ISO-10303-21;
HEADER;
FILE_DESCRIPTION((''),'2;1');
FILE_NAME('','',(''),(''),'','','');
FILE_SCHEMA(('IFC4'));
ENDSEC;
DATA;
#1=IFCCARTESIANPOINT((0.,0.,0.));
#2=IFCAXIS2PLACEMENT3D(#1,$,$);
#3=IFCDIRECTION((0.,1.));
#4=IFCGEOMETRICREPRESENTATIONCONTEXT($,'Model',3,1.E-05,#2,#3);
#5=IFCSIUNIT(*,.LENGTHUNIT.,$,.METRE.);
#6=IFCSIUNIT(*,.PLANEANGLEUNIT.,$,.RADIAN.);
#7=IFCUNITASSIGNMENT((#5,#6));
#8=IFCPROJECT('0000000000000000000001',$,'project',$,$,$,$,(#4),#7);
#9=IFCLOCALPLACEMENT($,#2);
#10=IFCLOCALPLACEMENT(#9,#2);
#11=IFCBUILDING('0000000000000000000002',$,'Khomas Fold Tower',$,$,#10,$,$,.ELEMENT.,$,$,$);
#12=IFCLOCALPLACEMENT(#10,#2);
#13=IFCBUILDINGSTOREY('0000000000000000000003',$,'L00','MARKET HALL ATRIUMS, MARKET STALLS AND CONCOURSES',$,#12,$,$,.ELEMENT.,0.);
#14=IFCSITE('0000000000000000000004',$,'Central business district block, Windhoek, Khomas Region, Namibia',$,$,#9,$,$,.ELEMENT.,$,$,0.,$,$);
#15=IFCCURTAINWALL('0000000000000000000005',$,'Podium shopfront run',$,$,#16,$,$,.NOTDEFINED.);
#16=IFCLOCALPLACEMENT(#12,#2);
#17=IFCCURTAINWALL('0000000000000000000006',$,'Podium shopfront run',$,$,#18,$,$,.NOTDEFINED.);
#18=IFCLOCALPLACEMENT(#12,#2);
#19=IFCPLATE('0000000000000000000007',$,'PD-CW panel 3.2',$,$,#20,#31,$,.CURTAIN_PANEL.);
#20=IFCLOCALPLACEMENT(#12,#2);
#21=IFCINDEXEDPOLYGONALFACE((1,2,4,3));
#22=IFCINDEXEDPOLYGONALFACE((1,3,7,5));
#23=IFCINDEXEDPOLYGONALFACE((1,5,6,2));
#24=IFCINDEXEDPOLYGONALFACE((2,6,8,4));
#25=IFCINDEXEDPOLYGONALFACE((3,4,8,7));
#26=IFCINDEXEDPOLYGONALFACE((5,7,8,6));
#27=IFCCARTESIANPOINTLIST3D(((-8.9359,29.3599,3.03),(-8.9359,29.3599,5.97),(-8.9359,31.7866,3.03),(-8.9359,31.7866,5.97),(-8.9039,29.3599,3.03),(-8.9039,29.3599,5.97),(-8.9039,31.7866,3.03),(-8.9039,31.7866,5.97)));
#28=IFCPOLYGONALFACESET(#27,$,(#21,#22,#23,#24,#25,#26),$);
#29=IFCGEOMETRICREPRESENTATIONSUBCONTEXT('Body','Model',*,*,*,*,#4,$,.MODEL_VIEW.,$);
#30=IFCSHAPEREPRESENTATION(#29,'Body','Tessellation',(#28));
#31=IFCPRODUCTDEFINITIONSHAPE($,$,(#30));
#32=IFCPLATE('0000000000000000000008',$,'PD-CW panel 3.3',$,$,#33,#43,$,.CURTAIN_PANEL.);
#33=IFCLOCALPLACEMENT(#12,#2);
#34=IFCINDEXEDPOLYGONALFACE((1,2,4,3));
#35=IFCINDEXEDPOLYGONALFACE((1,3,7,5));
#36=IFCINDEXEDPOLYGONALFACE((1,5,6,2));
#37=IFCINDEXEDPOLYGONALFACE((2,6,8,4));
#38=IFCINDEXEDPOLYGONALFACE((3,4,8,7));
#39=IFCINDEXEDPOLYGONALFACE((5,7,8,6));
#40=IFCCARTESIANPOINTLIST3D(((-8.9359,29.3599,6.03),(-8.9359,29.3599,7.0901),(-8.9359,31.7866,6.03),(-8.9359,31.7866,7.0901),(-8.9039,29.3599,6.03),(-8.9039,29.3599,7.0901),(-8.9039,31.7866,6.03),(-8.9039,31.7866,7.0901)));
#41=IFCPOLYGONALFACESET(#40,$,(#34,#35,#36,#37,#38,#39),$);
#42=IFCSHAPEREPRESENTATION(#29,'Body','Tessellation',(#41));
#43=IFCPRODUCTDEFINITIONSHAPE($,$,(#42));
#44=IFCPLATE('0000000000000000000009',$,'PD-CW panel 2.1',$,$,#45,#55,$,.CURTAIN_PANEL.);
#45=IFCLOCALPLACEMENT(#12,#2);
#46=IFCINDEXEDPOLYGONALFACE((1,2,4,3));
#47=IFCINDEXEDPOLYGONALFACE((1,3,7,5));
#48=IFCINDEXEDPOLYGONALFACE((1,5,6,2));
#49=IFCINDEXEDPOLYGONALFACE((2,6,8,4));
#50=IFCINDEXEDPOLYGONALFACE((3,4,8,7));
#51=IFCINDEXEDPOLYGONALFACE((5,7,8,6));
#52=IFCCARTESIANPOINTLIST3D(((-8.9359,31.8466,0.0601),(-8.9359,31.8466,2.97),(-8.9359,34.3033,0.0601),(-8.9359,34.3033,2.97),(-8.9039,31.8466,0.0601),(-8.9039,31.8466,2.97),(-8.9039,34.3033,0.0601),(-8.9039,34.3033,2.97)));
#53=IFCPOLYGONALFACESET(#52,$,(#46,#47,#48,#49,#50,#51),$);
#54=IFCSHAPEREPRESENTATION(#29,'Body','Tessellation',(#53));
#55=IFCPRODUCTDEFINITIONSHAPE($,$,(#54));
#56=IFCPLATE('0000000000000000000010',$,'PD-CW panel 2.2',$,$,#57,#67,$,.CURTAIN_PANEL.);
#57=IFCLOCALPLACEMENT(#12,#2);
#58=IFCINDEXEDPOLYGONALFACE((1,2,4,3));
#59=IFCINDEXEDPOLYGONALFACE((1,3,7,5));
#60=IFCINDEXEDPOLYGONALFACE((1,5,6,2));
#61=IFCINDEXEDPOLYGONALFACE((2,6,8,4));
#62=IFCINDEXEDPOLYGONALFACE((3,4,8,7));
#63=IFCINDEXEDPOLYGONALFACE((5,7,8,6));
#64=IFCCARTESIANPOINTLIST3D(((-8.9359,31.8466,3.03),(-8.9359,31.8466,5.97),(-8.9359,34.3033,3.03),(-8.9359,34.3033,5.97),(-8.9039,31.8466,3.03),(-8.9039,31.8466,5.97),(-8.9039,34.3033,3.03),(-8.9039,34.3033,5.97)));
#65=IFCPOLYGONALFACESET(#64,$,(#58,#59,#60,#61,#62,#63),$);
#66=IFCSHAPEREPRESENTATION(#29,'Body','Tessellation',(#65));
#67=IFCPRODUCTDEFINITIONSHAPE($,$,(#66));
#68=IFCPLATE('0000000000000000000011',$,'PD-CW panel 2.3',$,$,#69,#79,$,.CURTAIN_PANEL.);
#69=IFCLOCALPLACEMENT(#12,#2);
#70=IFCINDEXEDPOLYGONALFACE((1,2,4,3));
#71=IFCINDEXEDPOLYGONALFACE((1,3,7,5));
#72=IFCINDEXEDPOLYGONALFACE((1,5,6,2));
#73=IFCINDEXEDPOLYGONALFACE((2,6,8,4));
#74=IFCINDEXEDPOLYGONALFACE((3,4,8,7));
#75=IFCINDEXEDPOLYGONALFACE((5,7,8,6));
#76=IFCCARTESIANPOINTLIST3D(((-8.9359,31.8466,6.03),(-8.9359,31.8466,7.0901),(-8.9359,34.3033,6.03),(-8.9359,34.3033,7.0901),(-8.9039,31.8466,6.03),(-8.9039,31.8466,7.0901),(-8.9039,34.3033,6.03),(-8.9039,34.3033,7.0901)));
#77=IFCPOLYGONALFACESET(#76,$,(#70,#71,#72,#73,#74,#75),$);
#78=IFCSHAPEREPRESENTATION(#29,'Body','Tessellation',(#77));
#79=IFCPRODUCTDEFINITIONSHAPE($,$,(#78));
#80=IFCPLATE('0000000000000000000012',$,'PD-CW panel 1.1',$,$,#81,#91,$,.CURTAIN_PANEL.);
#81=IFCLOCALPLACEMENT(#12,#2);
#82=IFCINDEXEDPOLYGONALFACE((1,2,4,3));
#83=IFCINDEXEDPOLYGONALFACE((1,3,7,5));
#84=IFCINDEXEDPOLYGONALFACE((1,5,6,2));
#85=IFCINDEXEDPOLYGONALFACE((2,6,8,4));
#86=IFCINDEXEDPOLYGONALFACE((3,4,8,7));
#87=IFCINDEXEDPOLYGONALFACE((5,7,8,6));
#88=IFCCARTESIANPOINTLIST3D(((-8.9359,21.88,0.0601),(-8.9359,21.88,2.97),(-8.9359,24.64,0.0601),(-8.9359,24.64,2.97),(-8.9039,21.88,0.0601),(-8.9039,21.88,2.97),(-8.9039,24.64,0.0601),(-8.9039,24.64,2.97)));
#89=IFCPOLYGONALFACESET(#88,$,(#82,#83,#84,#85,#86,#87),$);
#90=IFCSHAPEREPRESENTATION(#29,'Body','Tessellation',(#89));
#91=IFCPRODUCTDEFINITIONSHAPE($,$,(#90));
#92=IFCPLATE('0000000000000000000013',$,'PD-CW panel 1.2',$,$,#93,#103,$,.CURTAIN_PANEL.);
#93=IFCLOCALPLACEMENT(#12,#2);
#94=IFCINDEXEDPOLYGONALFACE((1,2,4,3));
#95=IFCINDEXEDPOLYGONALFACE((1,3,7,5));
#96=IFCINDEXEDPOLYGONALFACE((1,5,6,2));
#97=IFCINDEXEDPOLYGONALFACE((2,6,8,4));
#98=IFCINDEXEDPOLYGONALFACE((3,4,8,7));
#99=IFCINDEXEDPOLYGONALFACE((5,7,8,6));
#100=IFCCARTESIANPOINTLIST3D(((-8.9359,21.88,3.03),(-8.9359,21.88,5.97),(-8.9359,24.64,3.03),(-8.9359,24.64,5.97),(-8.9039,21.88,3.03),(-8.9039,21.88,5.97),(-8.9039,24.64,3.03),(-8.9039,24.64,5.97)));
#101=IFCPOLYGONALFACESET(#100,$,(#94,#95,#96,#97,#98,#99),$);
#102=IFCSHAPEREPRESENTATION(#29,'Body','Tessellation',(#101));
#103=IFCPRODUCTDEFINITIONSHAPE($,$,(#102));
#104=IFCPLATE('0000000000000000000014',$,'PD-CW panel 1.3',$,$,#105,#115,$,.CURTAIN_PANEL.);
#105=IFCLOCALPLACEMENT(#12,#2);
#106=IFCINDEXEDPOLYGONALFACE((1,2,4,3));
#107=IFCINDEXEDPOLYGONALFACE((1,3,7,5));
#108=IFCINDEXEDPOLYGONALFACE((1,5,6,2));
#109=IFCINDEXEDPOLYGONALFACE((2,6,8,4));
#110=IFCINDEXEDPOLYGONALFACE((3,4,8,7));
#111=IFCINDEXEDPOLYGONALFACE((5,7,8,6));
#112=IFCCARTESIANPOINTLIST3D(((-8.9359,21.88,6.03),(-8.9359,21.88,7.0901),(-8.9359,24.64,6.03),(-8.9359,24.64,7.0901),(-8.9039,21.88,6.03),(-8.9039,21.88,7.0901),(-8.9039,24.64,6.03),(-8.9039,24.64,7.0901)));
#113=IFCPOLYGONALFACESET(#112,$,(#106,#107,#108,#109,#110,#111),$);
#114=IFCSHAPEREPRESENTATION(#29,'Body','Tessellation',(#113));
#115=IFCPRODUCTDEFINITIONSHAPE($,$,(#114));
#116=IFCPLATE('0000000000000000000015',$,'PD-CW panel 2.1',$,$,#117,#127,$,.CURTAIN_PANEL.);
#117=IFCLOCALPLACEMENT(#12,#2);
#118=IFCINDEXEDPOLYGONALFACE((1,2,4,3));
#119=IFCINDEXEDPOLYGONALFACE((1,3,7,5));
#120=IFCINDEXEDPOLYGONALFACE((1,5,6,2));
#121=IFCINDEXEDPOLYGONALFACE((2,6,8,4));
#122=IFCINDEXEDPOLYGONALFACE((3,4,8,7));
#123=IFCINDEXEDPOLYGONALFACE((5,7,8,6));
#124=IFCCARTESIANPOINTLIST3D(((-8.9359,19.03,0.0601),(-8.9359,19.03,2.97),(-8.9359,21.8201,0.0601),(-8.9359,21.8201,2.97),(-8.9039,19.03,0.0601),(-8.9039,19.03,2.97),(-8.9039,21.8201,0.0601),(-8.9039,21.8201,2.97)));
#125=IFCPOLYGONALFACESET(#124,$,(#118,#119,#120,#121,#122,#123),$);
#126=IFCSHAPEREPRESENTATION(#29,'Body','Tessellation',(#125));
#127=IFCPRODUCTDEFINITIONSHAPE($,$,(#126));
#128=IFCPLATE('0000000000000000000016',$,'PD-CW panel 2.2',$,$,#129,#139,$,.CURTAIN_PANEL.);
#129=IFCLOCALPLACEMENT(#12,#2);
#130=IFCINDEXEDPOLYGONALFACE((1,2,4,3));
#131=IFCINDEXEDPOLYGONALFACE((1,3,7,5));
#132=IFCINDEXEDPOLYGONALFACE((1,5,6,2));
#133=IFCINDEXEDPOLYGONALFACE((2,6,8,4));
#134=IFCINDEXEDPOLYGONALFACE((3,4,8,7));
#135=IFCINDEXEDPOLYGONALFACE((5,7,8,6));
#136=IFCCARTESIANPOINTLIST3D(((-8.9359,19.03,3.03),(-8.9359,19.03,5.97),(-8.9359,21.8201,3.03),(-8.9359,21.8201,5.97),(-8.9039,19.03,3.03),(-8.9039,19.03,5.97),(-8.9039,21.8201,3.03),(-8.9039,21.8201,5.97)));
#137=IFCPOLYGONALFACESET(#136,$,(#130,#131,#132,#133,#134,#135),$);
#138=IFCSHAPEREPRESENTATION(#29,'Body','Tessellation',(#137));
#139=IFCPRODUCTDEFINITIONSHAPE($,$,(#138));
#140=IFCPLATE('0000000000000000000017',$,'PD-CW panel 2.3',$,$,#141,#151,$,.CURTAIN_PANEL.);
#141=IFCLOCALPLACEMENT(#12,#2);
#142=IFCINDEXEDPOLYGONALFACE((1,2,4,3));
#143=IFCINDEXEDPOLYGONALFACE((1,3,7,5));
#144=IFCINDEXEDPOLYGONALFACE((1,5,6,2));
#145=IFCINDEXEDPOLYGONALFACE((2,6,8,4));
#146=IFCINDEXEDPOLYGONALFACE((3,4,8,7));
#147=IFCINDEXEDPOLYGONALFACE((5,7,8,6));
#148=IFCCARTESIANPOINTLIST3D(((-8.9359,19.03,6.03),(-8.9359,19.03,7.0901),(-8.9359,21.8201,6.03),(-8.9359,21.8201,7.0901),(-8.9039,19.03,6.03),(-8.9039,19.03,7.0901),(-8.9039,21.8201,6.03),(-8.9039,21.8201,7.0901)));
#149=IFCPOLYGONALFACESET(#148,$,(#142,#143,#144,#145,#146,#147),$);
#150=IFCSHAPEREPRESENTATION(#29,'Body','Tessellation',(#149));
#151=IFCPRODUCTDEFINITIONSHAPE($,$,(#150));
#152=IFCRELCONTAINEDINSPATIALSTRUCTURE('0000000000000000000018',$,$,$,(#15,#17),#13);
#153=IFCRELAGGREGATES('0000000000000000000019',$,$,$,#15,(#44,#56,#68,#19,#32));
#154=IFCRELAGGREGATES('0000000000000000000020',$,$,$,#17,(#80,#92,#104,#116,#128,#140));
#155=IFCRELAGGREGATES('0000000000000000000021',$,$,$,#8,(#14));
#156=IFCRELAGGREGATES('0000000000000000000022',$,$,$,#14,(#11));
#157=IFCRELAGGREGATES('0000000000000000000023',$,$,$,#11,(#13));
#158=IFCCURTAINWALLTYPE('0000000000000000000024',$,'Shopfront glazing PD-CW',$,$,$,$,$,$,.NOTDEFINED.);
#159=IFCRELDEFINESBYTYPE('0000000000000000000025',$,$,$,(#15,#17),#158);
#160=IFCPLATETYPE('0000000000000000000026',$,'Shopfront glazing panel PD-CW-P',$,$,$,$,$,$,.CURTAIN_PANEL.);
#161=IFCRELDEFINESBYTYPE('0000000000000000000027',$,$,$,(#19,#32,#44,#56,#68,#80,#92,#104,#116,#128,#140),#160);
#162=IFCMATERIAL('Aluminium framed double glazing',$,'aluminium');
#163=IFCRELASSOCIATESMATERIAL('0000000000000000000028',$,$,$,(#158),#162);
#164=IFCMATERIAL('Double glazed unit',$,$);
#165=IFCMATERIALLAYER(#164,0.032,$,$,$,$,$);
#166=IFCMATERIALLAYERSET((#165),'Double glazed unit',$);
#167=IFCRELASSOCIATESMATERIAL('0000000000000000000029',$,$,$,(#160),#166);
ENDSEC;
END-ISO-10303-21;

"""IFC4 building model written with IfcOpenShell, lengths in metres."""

from ifc_helpers import new_model, si_unit, direction, frame, origin, origin_2d, place, context, subcontext, project, spatial, rectangle, extrude, source, transform, mapped, material, layer, layer_set, type_object, element, aggregate, save


model = new_model("IFC4")

# Units and contexts
model_context = context("Model", 3, precision=1e-05, world=origin(), true_north=direction((0.0, 1.0)))
body_context = subcontext(model_context, "Body", "Model", "MODEL_VIEW")
ifc_project = project(units=[si_unit("LENGTHUNIT", "METRE"), si_unit("PLANEANGLEUNIT", "RADIAN")], contexts=[model_context])

# Site, building, storey
site_placement = place(None, origin())
site = spatial("IfcSite", under=ifc_project, at=site_placement, Name="Central business district block, Windhoek, Khomas Region, Namibia", CompositionType="ELEMENT", RefElevation=0.0)
building_placement = place(site_placement, origin())
building = spatial("IfcBuilding", under=site, at=building_placement, Name="Khomas Fold Tower", CompositionType="ELEMENT")
storey_placement = place(building_placement, origin())
storey = spatial("IfcBuildingStorey", under=building, at=storey_placement, Name="L00", Description="MARKET HALL ATRIUMS, MARKET STALLS AND CONCOURSES", CompositionType="ELEMENT", Elevation=0.0)

# Curtain walls
ifc_material_1 = material(Name="Aluminium framed double glazing", Category="aluminium")
curtain_wall_type = type_object("IfcCurtainWallType", Name="Shopfront glazing PD-CW", PredefinedType="NOTDEFINED", material=ifc_material_1)
curtain_wall_1_placement = place(storey_placement, origin())
curtain_wall_1 = element("IfcCurtainWall", 1, at=curtain_wall_1_placement, inside=storey, type_object=curtain_wall_type, Name="Podium shopfront run", PredefinedType="NOTDEFINED")
curtain_wall_2_placement = place(storey_placement, origin())
curtain_wall_2 = element("IfcCurtainWall", 2, at=curtain_wall_2_placement, inside=storey, type_object=curtain_wall_type, Name="Podium shopfront run", PredefinedType="NOTDEFINED")

# Plates
ifc_material_2 = material(Name="Double glazed unit")
ifc_layer_1 = layer(ifc_material_2, 0.032)
ifc_layer_set_1 = layer_set([ifc_layer_1], Name="Double glazed unit")
plate_type = type_object("IfcPlateType", Name="Shopfront glazing panel PD-CW-P", PredefinedType="CURTAIN_PANEL", material=ifc_layer_set_1)
shared_shape_1 = source(origin(), body_context, "Body", "SweptSolid", [
    extrude(rectangle(XDim=2.4268, YDim=0.032, at=origin_2d()), origin(), (0.0, 0.0, 1.0), 2.9399),
])
plate_1_placement = place(storey_placement, frame((-8.9199, 30.5732, 3.03), z_axis=(0.0, 0.0, 1.0), x_axis=(0.0, -1.0, 0.0)))
plate_1 = element("IfcPlate", 3, at=plate_1_placement, type_object=plate_type, Name="PD-CW panel 3.2", PredefinedType="CURTAIN_PANEL", context=body_context, shape_type="MappedRepresentation", body=[
    mapped(shared_shape_1, transform((0.0, 0.0, 0.0))),
])
shared_shape_2 = source(origin(), body_context, "Body", "SweptSolid", [
    extrude(rectangle(XDim=2.4268, YDim=0.032, at=origin_2d()), origin(), (0.0, 0.0, 1.0), 1.0601),
])
plate_2_placement = place(storey_placement, frame((-8.9199, 30.5732, 6.03), z_axis=(0.0, 0.0, 1.0), x_axis=(0.0, -1.0, 0.0)))
plate_2 = element("IfcPlate", 4, at=plate_2_placement, type_object=plate_type, Name="PD-CW panel 3.3", PredefinedType="CURTAIN_PANEL", context=body_context, shape_type="MappedRepresentation", body=[
    mapped(shared_shape_2, transform((0.0, 0.0, 0.0))),
])
shared_shape_3 = source(origin(), body_context, "Body", "SweptSolid", [
    extrude(rectangle(XDim=2.4568, YDim=0.032, at=origin_2d()), origin(), (0.0, 0.0, 1.0), 2.9099),
])
plate_3_placement = place(storey_placement, frame((-8.9199, 33.075, 0.0601), z_axis=(0.0, 0.0, 1.0), x_axis=(0.0, -1.0, 0.0)))
plate_3 = element("IfcPlate", 5, at=plate_3_placement, type_object=plate_type, Name="PD-CW panel 2.1", PredefinedType="CURTAIN_PANEL", context=body_context, shape_type="MappedRepresentation", body=[
    mapped(shared_shape_3, transform((0.0, 0.0, 0.0))),
])
shared_shape_4 = source(origin(), body_context, "Body", "SweptSolid", [
    extrude(rectangle(XDim=2.4568, YDim=0.032, at=origin_2d()), origin(), (0.0, 0.0, 1.0), 2.9399),
])
plate_4_placement = place(storey_placement, frame((-8.9199, 33.075, 3.03), z_axis=(0.0, 0.0, 1.0), x_axis=(0.0, -1.0, 0.0)))
plate_4 = element("IfcPlate", 6, at=plate_4_placement, type_object=plate_type, Name="PD-CW panel 2.2", PredefinedType="CURTAIN_PANEL", context=body_context, shape_type="MappedRepresentation", body=[
    mapped(shared_shape_4, transform((0.0, 0.0, 0.0))),
])
shared_shape_5 = source(origin(), body_context, "Body", "SweptSolid", [
    extrude(rectangle(XDim=2.4568, YDim=0.032, at=origin_2d()), origin(), (0.0, 0.0, 1.0), 1.0601),
])
plate_5_placement = place(storey_placement, frame((-8.9199, 33.075, 6.03), z_axis=(0.0, 0.0, 1.0), x_axis=(0.0, -1.0, 0.0)))
plate_5 = element("IfcPlate", 7, at=plate_5_placement, type_object=plate_type, Name="PD-CW panel 2.3", PredefinedType="CURTAIN_PANEL", context=body_context, shape_type="MappedRepresentation", body=[
    mapped(shared_shape_5, transform((0.0, 0.0, 0.0))),
])
aggregate(curtain_wall_1, [plate_3, plate_4, plate_5, plate_1, plate_2])
shared_shape_6 = source(origin(), body_context, "Body", "SweptSolid", [
    extrude(rectangle(XDim=2.76, YDim=0.032, at=origin_2d()), origin(), (0.0, 0.0, 1.0), 2.9099),
])
plate_6_placement = place(storey_placement, frame((-8.9199, 23.26, 0.0601), z_axis=(0.0, 0.0, 1.0), x_axis=(0.0, -1.0, 0.0)))
plate_6 = element("IfcPlate", 8, at=plate_6_placement, type_object=plate_type, Name="PD-CW panel 1.1", PredefinedType="CURTAIN_PANEL", context=body_context, shape_type="MappedRepresentation", body=[
    mapped(shared_shape_6, transform((0.0, 0.0, 0.0))),
])
shared_shape_7 = source(origin(), body_context, "Body", "SweptSolid", [
    extrude(rectangle(XDim=2.76, YDim=0.032, at=origin_2d()), origin(), (0.0, 0.0, 1.0), 2.9399),
])
plate_7_placement = place(storey_placement, frame((-8.9199, 23.26, 3.03), z_axis=(0.0, 0.0, 1.0), x_axis=(0.0, -1.0, 0.0)))
plate_7 = element("IfcPlate", 9, at=plate_7_placement, type_object=plate_type, Name="PD-CW panel 1.2", PredefinedType="CURTAIN_PANEL", context=body_context, shape_type="MappedRepresentation", body=[
    mapped(shared_shape_7, transform((0.0, 0.0, 0.0))),
])
shared_shape_8 = source(origin(), body_context, "Body", "SweptSolid", [
    extrude(rectangle(XDim=2.76, YDim=0.032, at=origin_2d()), origin(), (0.0, 0.0, 1.0), 1.0601),
])
plate_8_placement = place(storey_placement, frame((-8.9199, 23.26, 6.03), z_axis=(0.0, 0.0, 1.0), x_axis=(0.0, -1.0, 0.0)))
plate_8 = element("IfcPlate", 10, at=plate_8_placement, type_object=plate_type, Name="PD-CW panel 1.3", PredefinedType="CURTAIN_PANEL", context=body_context, shape_type="MappedRepresentation", body=[
    mapped(shared_shape_8, transform((0.0, 0.0, 0.0))),
])
shared_shape_9 = source(origin(), body_context, "Body", "SweptSolid", [
    extrude(rectangle(XDim=2.79, YDim=0.032, at=origin_2d()), origin(), (0.0, 0.0, 1.0), 2.9099),
])
plate_9_placement = place(storey_placement, frame((-8.9199, 20.425, 0.0601), z_axis=(0.0, 0.0, 1.0), x_axis=(0.0, -1.0, 0.0)))
plate_9 = element("IfcPlate", 11, at=plate_9_placement, type_object=plate_type, Name="PD-CW panel 2.1", PredefinedType="CURTAIN_PANEL", context=body_context, shape_type="MappedRepresentation", body=[
    mapped(shared_shape_9, transform((0.0, 0.0, 0.0))),
])
shared_shape_10 = source(origin(), body_context, "Body", "SweptSolid", [
    extrude(rectangle(XDim=2.79, YDim=0.032, at=origin_2d()), origin(), (0.0, 0.0, 1.0), 2.9399),
])
plate_10_placement = place(storey_placement, frame((-8.9199, 20.425, 3.03), z_axis=(0.0, 0.0, 1.0), x_axis=(0.0, -1.0, 0.0)))
plate_10 = element("IfcPlate", 12, at=plate_10_placement, type_object=plate_type, Name="PD-CW panel 2.2", PredefinedType="CURTAIN_PANEL", context=body_context, shape_type="MappedRepresentation", body=[
    mapped(shared_shape_10, transform((0.0, 0.0, 0.0))),
])
shared_shape_11 = source(origin(), body_context, "Body", "SweptSolid", [
    extrude(rectangle(XDim=2.79, YDim=0.032, at=origin_2d()), origin(), (0.0, 0.0, 1.0), 1.0601),
])
plate_11_placement = place(storey_placement, frame((-8.9199, 20.425, 6.03), z_axis=(0.0, 0.0, 1.0), x_axis=(0.0, -1.0, 0.0)))
plate_11 = element("IfcPlate", 13, at=plate_11_placement, type_object=plate_type, Name="PD-CW panel 2.3", PredefinedType="CURTAIN_PANEL", context=body_context, shape_type="MappedRepresentation", body=[
    mapped(shared_shape_11, transform((0.0, 0.0, 0.0))),
])
aggregate(curtain_wall_2, [plate_6, plate_7, plate_8, plate_9, plate_10, plate_11])

save(model, "model.ifc")
